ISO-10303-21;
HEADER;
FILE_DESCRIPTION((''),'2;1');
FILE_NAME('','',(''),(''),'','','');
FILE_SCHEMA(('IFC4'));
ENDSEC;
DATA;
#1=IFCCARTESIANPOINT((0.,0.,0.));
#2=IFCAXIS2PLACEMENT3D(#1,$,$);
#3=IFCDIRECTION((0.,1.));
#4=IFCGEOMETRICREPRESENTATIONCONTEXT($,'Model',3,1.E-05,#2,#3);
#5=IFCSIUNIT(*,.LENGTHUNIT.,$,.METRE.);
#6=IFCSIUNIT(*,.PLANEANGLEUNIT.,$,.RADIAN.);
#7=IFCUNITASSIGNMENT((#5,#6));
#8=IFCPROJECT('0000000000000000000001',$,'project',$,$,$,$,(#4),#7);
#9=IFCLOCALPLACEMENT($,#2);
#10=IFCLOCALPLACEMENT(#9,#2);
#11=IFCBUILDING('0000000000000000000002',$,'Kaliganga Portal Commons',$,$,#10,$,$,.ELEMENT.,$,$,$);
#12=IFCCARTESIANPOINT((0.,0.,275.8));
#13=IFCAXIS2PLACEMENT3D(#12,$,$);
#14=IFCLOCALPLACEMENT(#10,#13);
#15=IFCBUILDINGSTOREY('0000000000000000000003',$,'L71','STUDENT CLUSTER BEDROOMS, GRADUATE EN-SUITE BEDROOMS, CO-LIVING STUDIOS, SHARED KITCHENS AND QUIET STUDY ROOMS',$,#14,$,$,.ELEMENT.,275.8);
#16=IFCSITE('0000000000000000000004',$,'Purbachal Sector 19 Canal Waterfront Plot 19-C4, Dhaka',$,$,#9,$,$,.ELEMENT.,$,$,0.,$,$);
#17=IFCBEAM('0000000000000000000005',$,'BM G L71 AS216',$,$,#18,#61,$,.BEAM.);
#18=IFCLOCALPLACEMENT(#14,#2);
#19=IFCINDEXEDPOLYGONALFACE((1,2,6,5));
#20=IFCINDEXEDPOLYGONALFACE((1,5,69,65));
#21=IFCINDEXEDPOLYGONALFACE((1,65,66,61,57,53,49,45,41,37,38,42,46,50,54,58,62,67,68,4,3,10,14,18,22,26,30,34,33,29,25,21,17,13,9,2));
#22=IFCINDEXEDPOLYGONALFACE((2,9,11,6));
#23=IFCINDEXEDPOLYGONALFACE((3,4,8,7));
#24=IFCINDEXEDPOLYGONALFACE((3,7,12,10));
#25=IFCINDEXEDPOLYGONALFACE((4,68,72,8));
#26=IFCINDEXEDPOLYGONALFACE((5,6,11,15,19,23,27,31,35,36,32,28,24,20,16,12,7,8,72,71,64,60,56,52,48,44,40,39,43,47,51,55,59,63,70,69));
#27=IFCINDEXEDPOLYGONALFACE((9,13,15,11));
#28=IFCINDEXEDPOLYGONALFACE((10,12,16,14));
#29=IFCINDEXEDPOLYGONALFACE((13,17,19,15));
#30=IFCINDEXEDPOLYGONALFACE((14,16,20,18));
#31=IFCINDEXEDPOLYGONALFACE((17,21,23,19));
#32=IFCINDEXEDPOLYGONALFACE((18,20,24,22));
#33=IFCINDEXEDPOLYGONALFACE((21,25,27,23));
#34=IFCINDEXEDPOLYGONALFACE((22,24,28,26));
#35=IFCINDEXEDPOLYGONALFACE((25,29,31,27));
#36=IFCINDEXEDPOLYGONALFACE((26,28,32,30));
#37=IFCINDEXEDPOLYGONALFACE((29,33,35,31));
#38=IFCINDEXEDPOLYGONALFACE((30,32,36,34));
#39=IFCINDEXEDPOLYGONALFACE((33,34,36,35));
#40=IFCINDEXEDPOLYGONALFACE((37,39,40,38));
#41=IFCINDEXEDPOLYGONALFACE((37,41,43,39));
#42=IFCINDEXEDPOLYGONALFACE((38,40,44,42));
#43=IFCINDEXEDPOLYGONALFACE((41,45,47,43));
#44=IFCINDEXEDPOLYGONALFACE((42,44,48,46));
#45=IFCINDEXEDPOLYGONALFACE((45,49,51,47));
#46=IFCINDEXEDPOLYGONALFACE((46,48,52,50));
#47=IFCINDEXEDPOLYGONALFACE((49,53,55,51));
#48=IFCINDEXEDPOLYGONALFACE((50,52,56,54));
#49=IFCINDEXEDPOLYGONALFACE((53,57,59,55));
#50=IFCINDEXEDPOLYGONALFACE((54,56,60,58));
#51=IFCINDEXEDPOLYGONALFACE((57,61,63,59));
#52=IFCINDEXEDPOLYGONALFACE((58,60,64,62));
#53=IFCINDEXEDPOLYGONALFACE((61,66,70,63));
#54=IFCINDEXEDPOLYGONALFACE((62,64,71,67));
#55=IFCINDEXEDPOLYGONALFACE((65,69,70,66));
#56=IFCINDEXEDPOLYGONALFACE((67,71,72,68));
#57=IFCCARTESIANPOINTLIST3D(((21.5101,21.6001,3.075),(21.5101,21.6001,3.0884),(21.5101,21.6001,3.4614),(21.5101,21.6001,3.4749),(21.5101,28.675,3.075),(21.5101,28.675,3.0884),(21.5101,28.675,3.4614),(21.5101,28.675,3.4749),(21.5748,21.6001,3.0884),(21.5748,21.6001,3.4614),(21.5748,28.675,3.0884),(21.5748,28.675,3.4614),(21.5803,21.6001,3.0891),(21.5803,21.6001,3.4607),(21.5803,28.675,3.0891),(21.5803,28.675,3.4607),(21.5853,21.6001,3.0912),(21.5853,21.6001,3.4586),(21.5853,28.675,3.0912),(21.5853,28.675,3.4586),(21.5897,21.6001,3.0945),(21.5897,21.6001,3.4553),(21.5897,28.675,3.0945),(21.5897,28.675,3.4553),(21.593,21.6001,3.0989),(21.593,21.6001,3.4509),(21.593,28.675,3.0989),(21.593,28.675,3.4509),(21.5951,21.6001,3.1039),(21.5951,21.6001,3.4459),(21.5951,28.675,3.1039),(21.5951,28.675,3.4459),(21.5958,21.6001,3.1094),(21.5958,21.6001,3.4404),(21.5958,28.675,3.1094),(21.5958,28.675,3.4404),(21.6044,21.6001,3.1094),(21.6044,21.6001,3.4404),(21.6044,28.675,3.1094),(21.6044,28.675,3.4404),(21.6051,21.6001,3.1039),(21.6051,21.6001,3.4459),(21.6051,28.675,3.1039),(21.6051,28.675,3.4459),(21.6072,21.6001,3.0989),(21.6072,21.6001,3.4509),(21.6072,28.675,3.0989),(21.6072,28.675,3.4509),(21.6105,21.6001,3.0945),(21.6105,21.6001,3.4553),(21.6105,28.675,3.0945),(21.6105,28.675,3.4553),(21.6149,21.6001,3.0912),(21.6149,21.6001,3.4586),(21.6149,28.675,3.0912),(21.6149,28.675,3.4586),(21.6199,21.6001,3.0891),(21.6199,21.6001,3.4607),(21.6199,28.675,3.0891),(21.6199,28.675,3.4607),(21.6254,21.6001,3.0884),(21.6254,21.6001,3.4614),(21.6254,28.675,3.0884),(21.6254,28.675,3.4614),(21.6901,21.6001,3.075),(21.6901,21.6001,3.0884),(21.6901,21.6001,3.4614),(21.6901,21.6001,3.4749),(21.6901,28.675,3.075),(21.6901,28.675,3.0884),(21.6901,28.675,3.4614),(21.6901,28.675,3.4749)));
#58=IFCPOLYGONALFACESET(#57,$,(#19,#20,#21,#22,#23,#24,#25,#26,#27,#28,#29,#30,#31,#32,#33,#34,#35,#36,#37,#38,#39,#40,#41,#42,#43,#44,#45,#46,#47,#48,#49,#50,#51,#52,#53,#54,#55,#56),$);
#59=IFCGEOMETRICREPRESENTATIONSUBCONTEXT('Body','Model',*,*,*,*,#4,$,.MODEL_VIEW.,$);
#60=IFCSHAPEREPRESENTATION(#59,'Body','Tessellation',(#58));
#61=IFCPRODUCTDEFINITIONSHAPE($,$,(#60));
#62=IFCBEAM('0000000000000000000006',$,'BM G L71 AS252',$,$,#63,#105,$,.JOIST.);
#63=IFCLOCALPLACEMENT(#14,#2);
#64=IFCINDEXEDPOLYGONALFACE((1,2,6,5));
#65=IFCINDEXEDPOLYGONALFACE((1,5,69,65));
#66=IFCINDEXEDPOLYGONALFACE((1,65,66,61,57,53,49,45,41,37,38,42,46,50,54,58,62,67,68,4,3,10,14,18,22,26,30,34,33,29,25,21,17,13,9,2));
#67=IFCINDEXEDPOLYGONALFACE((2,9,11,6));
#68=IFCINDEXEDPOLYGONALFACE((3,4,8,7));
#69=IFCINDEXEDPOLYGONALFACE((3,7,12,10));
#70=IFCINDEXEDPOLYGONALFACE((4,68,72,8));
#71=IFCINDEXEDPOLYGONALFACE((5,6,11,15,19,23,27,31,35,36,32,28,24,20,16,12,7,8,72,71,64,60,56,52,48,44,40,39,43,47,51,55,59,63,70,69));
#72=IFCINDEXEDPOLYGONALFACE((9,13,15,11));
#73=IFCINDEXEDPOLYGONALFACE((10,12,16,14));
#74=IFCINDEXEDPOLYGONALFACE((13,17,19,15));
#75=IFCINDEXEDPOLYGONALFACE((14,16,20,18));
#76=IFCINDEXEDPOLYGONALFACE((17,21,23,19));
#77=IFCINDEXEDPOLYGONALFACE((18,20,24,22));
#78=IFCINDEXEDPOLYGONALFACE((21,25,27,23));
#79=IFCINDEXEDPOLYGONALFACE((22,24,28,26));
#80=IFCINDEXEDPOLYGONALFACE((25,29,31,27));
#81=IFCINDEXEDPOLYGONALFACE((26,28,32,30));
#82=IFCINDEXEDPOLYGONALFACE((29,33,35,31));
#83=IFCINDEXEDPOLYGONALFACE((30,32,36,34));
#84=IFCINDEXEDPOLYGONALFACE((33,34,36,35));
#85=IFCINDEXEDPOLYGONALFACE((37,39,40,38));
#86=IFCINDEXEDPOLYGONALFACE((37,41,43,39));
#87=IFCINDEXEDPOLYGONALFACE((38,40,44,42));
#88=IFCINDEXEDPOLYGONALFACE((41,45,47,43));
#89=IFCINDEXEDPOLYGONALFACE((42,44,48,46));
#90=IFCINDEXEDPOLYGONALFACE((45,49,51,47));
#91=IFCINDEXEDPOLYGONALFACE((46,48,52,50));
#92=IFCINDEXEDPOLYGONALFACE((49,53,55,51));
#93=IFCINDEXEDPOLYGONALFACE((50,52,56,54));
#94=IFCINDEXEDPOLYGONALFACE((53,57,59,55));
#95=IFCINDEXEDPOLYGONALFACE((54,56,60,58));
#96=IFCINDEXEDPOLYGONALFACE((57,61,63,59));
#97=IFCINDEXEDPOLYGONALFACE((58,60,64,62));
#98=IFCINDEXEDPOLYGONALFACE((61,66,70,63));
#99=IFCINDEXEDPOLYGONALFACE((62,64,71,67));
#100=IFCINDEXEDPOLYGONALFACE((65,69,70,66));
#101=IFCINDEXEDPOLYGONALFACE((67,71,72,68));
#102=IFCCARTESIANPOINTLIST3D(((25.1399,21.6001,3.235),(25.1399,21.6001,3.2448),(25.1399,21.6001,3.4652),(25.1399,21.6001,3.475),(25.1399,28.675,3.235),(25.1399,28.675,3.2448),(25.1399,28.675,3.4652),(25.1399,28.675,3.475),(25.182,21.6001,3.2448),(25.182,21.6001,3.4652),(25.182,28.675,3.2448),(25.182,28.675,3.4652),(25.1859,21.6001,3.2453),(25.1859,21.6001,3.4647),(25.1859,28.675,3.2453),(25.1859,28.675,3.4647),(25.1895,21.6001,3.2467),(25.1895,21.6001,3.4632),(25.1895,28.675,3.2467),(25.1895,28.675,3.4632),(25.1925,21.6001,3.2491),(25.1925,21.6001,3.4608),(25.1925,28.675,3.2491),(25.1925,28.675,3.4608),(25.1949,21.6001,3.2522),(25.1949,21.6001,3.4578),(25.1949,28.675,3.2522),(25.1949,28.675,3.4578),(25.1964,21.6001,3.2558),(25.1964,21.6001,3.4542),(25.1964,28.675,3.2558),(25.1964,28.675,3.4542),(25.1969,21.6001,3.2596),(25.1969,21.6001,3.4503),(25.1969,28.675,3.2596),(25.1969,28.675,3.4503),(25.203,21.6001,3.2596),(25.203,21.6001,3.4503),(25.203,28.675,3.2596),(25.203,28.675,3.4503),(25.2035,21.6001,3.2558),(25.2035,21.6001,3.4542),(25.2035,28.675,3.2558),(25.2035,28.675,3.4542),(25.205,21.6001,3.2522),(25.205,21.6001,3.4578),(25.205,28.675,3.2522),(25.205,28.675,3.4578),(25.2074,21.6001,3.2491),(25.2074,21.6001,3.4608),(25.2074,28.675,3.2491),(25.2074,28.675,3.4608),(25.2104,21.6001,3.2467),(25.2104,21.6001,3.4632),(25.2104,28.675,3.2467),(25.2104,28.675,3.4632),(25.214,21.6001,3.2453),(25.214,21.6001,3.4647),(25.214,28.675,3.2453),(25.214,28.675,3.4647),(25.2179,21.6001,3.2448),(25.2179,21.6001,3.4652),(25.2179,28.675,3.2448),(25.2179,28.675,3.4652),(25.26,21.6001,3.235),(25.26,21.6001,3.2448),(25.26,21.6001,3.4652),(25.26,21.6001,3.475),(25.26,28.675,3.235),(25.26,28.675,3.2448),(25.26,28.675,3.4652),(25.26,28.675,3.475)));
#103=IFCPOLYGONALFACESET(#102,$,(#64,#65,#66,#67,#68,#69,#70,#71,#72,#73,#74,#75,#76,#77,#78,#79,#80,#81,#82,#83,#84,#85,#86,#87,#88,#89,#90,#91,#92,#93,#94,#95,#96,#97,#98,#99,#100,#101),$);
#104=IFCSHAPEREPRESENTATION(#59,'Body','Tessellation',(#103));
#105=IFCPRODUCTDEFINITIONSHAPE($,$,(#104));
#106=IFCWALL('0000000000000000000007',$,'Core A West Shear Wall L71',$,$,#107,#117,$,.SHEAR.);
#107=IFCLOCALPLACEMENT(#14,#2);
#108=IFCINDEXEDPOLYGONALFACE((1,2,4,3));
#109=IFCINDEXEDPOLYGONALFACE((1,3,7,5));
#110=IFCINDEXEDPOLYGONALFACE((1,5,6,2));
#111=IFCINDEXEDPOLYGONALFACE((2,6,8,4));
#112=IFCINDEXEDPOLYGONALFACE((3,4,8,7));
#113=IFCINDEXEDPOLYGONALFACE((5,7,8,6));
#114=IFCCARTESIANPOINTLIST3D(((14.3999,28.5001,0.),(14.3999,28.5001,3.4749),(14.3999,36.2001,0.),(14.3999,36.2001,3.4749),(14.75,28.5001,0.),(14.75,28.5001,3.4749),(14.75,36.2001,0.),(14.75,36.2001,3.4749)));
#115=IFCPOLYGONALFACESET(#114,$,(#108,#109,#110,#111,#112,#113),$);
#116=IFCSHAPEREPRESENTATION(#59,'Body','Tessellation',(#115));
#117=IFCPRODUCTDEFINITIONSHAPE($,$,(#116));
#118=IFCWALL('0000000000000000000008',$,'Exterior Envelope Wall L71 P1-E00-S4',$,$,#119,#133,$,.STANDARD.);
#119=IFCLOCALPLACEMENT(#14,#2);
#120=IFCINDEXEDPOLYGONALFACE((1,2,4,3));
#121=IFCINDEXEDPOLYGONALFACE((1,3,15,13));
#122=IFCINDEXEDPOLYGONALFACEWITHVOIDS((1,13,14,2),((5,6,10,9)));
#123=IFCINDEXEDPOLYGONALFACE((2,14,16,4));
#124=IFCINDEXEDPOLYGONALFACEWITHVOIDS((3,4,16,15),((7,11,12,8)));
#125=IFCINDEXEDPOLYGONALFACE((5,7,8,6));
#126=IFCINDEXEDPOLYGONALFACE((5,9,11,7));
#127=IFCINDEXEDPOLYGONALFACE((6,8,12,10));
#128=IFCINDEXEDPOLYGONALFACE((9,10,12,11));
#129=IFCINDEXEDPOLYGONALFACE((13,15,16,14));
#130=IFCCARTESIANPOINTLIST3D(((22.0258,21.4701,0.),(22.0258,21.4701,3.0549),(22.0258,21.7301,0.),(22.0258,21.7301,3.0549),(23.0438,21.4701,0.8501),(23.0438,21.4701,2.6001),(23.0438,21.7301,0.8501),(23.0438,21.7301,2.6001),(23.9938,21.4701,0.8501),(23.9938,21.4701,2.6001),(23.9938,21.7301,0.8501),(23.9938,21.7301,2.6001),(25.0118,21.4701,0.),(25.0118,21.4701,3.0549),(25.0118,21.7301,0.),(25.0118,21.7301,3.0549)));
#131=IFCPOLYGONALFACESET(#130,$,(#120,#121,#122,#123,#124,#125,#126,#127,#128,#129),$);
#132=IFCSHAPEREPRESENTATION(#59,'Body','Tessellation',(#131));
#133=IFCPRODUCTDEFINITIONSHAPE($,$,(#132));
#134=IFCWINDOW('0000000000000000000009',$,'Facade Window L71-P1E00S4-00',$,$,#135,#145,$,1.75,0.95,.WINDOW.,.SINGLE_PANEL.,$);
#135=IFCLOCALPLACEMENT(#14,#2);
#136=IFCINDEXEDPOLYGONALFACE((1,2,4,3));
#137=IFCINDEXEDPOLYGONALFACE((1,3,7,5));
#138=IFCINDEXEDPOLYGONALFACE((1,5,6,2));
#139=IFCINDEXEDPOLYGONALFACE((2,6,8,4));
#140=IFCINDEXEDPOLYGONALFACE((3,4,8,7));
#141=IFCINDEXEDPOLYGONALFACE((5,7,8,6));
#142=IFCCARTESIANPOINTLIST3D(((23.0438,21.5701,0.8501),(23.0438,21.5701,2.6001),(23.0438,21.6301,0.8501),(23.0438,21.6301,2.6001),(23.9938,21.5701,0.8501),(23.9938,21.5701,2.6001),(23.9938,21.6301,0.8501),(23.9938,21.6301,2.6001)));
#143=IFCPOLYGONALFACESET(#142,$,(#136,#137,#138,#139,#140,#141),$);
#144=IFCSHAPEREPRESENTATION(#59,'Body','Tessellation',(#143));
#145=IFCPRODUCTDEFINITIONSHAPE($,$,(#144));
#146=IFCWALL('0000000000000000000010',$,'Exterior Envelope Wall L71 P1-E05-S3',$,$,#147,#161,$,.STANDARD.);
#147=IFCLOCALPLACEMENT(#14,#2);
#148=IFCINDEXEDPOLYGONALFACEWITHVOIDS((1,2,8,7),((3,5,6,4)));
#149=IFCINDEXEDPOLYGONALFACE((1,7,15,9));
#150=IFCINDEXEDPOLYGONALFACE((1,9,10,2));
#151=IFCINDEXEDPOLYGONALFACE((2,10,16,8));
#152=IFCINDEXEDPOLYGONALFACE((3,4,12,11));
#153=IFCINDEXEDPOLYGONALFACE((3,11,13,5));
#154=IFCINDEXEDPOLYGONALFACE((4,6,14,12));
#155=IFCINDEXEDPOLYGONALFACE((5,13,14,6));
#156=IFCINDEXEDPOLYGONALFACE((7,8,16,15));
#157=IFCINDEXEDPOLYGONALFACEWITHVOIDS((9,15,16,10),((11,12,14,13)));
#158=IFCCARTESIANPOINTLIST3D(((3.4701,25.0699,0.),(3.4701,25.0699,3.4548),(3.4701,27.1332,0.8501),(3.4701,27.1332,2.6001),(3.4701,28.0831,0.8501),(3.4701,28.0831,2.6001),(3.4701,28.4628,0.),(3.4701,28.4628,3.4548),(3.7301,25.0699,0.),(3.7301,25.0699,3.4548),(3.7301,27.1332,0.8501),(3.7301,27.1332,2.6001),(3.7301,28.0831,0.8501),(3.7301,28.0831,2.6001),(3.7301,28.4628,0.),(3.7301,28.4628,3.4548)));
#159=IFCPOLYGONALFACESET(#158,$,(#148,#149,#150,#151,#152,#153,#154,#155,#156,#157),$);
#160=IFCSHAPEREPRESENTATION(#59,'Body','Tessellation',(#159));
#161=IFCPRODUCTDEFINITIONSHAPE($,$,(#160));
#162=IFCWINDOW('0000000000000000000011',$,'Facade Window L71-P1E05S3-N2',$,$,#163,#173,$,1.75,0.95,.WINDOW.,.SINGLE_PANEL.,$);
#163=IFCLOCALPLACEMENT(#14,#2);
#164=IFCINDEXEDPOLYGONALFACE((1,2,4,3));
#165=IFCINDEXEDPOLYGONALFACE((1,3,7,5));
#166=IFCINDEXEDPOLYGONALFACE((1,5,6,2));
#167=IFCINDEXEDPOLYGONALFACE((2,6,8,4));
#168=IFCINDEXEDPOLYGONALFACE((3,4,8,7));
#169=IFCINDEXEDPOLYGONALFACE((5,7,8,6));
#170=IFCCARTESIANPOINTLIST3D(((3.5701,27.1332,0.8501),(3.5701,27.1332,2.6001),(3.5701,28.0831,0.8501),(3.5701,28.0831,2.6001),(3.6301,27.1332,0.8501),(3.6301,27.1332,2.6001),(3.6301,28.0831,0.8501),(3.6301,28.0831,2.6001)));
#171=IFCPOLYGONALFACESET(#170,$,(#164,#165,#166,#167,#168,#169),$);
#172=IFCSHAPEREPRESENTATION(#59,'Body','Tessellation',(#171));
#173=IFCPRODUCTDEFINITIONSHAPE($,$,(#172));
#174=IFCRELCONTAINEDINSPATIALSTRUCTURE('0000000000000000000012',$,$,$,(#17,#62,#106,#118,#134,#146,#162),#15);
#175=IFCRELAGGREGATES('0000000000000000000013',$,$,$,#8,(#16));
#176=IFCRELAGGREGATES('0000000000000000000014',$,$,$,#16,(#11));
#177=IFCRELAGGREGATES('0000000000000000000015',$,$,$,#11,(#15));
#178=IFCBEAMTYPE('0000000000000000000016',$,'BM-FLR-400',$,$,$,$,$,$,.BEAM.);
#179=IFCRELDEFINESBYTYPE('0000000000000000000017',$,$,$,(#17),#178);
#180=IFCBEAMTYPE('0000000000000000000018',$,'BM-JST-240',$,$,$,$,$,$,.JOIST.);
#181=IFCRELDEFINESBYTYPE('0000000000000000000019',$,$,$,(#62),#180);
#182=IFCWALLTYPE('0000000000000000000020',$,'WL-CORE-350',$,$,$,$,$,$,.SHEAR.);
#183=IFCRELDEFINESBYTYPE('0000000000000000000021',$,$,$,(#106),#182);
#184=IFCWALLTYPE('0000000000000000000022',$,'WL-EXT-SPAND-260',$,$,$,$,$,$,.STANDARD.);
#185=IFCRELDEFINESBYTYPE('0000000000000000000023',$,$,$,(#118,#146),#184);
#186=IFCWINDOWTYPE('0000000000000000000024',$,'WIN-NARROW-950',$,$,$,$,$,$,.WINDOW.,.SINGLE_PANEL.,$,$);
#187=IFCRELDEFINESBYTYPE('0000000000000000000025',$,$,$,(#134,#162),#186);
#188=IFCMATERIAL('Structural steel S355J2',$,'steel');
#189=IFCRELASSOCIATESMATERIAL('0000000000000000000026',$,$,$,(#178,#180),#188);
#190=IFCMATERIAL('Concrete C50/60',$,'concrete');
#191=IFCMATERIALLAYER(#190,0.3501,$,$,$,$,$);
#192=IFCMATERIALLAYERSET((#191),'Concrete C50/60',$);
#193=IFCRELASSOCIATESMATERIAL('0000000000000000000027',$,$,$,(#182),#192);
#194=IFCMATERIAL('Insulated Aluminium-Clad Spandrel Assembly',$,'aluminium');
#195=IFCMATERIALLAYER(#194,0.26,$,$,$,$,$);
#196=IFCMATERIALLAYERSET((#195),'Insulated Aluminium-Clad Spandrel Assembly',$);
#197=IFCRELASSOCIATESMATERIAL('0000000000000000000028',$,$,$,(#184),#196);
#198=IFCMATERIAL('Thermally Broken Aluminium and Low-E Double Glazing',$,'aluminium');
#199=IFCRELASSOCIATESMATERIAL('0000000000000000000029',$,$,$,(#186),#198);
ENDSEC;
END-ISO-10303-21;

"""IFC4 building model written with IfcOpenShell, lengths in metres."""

from ifc_helpers import new_model, si_unit, direction, frame, frame_2d, origin, origin_2d, place, context, subcontext, project, spatial, rectangle, i_section, extrude, source, transform, mapped, material, layer, layer_set, material_profile, profile_set, type_object, element, fill, save


model = new_model("IFC4")

# Units and contexts
model_context = context("Model", 3, precision=1e-05, world=origin(), true_north=direction((0.0, 1.0)))
body_context = subcontext(model_context, "Body", "Model", "MODEL_VIEW")
ifc_project = project(units=[si_unit("LENGTHUNIT", "METRE"), si_unit("PLANEANGLEUNIT", "RADIAN")], contexts=[model_context])

# Site, building, storey
site_placement = place(None, origin())
site = spatial("IfcSite", under=ifc_project, at=site_placement, Name="Purbachal Sector 19 Canal Waterfront Plot 19-C4, Dhaka", CompositionType="ELEMENT", RefElevation=0.0)
building_placement = place(site_placement, origin())
building = spatial("IfcBuilding", under=site, at=building_placement, Name="Kaliganga Portal Commons", CompositionType="ELEMENT")
storey_placement = place(building_placement, frame((0.0, 0.0, 275.8)))
storey = spatial("IfcBuildingStorey", under=building, at=storey_placement, Name="L71", Description="STUDENT CLUSTER BEDROOMS, GRADUATE EN-SUITE BEDROOMS, CO-LIVING STUDIOS, SHARED KITCHENS AND QUIET STUDY ROOMS", CompositionType="ELEMENT", Elevation=275.8)

# Shared definitions
ifc_material_1 = material(Name="Structural steel S355J2", Category="steel")

# Beams
ifc_material_profile_1 = material_profile(ifc_material_1, i_section(OverallWidth=0.1799, OverallDepth=0.3999, WebThickness=0.0085, FlangeThickness=0.0134, FilletRadius=0.021, at=origin_2d()), Name="IPE 400")
ifc_profile_set_1 = profile_set([ifc_material_profile_1], Name="Structural steel S355J2 wide-flange")
beam_type_1 = type_object("IfcBeamType", Name="BM-FLR-400", PredefinedType="BEAM", material=ifc_profile_set_1)
shared_shape_1 = source(origin(), body_context, "Body", "SweptSolid", [
    extrude(i_section(OverallWidth=0.1799, OverallDepth=0.3999, WebThickness=0.0085, FlangeThickness=0.0134, FilletRadius=0.021, at=origin_2d()), origin(), (0.0, 0.0, 1.0), 7.075),
])
beam_1_placement = place(storey_placement, frame((21.6001, 21.6001, 3.2749), z_axis=(0.0, 1.0, 0.0), x_axis=(-1.0, 0.0, 0.0)))
element("IfcBeam", 1, at=beam_1_placement, inside=storey, type_object=beam_type_1, Name="BM G L71 AS216", PredefinedType="BEAM", context=body_context, shape_type="MappedRepresentation", body=[
    mapped(shared_shape_1, transform((0.0, 0.0, 0.0), x_axis=(1.0, 0.0, 0.0), y_axis=(0.0, 1.0, 0.0), z_axis=(0.0, 0.0, 1.0), scale=1.0)),
])
ifc_material_profile_2 = material_profile(ifc_material_1, i_section(OverallWidth=0.1201, OverallDepth=0.24, WebThickness=0.0061, FlangeThickness=0.0098, FilletRadius=0.0149, at=origin_2d()), Name="IPE 240")
ifc_profile_set_2 = profile_set([ifc_material_profile_2], Name="Structural steel S355J2 wide-flange")
beam_type_2 = type_object("IfcBeamType", Name="BM-JST-240", PredefinedType="JOIST", material=ifc_profile_set_2)
shared_shape_2 = source(origin(), body_context, "Body", "SweptSolid", [
    extrude(i_section(OverallWidth=0.1201, OverallDepth=0.24, WebThickness=0.0061, FlangeThickness=0.0098, FilletRadius=0.0149, at=origin_2d()), origin(), (0.0, 0.0, 1.0), 7.075),
])
beam_2_placement = place(storey_placement, frame((25.2, 21.6001, 3.355), z_axis=(0.0, 1.0, 0.0), x_axis=(-1.0, 0.0, 0.0)))
element("IfcBeam", 2, at=beam_2_placement, inside=storey, type_object=beam_type_2, Name="BM G L71 AS252", PredefinedType="JOIST", context=body_context, shape_type="MappedRepresentation", body=[
    mapped(shared_shape_2, transform((0.0, 0.0, 0.0), x_axis=(1.0, 0.0, 0.0), y_axis=(0.0, 1.0, 0.0), z_axis=(0.0, 0.0, 1.0), scale=1.0)),
])

# Wall
ifc_material_2 = material(Name="Concrete C50/60", Category="concrete")
ifc_layer_1 = layer(ifc_material_2, 0.3501)
ifc_layer_set_1 = layer_set([ifc_layer_1], Name="Concrete C50/60")
wall_type_1 = type_object("IfcWallType", Name="WL-CORE-350", PredefinedType="SHEAR", material=ifc_layer_set_1)
wall_1_placement = place(storey_placement, frame((14.575, 28.5, 0.0), z_axis=(0.0, 0.0, 1.0), x_axis=(0.0, 1.0, 0.0)))
element("IfcWall", 3, at=wall_1_placement, inside=storey, type_object=wall_type_1, Name="Core A West Shear Wall L71", PredefinedType="SHEAR", context=body_context, shape_type="SweptSolid", body=[
    extrude(rectangle(XDim=7.7, YDim=0.3501, at=frame_2d((3.8501, 0.0))), origin(), (0.0, 0.0, 1.0), 3.4749),
])

# Walls, openings, windows
ifc_material_3 = material(Name="Insulated Aluminium-Clad Spandrel Assembly", Category="aluminium")
ifc_layer_2 = layer(ifc_material_3, 0.26)
ifc_layer_set_2 = layer_set([ifc_layer_2], Name="Insulated Aluminium-Clad Spandrel Assembly")
wall_type_2 = type_object("IfcWallType", Name="WL-EXT-SPAND-260", PredefinedType="STANDARD", material=ifc_layer_set_2)
wall_2_placement = place(storey_placement, frame((25.012, 21.6001, 0.0), z_axis=(0.0, 0.0, 1.0), x_axis=(-1.0, 0.0, 0.0)))
wall_2 = element("IfcWall", 4, at=wall_2_placement, inside=storey, type_object=wall_type_2, Name="Exterior Envelope Wall L71 P1-E00-S4", PredefinedType="STANDARD", context=body_context, shape_type="SweptSolid", body=[
    extrude(rectangle(XDim=2.9861, YDim=0.26, at=frame_2d((1.4932, 0.0))), origin(), (0.0, 0.0, 1.0), 3.0549),
])
opening_1_placement = place(wall_2_placement, frame((1.0181, 0.0, 0.8501)))
opening_1 = element("IfcOpeningElement", 5, at=opening_1_placement, cuts=wall_2, PredefinedType="OPENING", context=body_context, shape_type="SweptSolid", body=[
    extrude(rectangle(XDim=0.95, YDim=1.75, at=frame_2d((0.4751, 0.875))), frame((0.0, 0.1401, 0.0), z_axis=(0.0, -1.0, 0.0), x_axis=(1.0, 0.0, 0.0)), (0.0, 0.0, 1.0), 0.28),
])
ifc_material_4 = material(Name="Thermally Broken Aluminium and Low-E Double Glazing", Category="aluminium")
window_type_1 = type_object("IfcWindowType", Name="WIN-NARROW-950", PartitioningType="SINGLE_PANEL", PredefinedType="WINDOW", material=ifc_material_4)
window_1_placement = place(opening_1_placement, origin())
window_1 = element("IfcWindow", 6, at=window_1_placement, inside=storey, type_object=window_type_1, Name="Facade Window L71-P1E00S4-00", OverallHeight=1.75, OverallWidth=0.95, PartitioningType="SINGLE_PANEL", PredefinedType="WINDOW", context=body_context, shape_type="SweptSolid", body=[
    extrude(rectangle(XDim=0.95, YDim=1.75, at=frame_2d((0.4751, 0.875))), frame((0.0, 0.03, 0.0), z_axis=(0.0, -1.0, 0.0), x_axis=(1.0, 0.0, 0.0)), (0.0, 0.0, 1.0), 0.0601),
])
fill(opening_1, window_1)
wall_3_placement = place(storey_placement, frame((3.6001, 25.0701, 0.0), z_axis=(0.0, 0.0, 1.0), x_axis=(0.0, 1.0, 0.0)))
wall_3 = element("IfcWall", 7, at=wall_3_placement, inside=storey, type_object=wall_type_2, Name="Exterior Envelope Wall L71 P1-E05-S3", PredefinedType="STANDARD", context=body_context, shape_type="SweptSolid", body=[
    extrude(rectangle(XDim=3.3928, YDim=0.26, at=frame_2d((1.6963, 0.0))), origin(), (0.0, 0.0, 1.0), 3.4548),
])
opening_2_placement = place(wall_3_placement, frame((2.063, 0.0, 0.8501)))
opening_2 = element("IfcOpeningElement", 8, at=opening_2_placement, cuts=wall_3, PredefinedType="OPENING", context=body_context, shape_type="SweptSolid", body=[
    extrude(rectangle(XDim=0.95, YDim=1.75, at=frame_2d((0.4751, 0.875))), frame((0.0, 0.1401, 0.0), z_axis=(0.0, -1.0, 0.0), x_axis=(1.0, 0.0, 0.0)), (0.0, 0.0, 1.0), 0.28),
])
window_2_placement = place(opening_2_placement, origin())
window_2 = element("IfcWindow", 9, at=window_2_placement, inside=storey, type_object=window_type_1, Name="Facade Window L71-P1E05S3-N2", OverallHeight=1.75, OverallWidth=0.95, PartitioningType="SINGLE_PANEL", PredefinedType="WINDOW", context=body_context, shape_type="SweptSolid", body=[
    extrude(rectangle(XDim=0.95, YDim=1.75, at=frame_2d((0.4751, 0.875))), frame((0.0, 0.03, 0.0), z_axis=(0.0, -1.0, 0.0), x_axis=(1.0, 0.0, 0.0)), (0.0, 0.0, 1.0), 0.0601),
])
fill(opening_2, window_2)

save(model, "model.ifc")
